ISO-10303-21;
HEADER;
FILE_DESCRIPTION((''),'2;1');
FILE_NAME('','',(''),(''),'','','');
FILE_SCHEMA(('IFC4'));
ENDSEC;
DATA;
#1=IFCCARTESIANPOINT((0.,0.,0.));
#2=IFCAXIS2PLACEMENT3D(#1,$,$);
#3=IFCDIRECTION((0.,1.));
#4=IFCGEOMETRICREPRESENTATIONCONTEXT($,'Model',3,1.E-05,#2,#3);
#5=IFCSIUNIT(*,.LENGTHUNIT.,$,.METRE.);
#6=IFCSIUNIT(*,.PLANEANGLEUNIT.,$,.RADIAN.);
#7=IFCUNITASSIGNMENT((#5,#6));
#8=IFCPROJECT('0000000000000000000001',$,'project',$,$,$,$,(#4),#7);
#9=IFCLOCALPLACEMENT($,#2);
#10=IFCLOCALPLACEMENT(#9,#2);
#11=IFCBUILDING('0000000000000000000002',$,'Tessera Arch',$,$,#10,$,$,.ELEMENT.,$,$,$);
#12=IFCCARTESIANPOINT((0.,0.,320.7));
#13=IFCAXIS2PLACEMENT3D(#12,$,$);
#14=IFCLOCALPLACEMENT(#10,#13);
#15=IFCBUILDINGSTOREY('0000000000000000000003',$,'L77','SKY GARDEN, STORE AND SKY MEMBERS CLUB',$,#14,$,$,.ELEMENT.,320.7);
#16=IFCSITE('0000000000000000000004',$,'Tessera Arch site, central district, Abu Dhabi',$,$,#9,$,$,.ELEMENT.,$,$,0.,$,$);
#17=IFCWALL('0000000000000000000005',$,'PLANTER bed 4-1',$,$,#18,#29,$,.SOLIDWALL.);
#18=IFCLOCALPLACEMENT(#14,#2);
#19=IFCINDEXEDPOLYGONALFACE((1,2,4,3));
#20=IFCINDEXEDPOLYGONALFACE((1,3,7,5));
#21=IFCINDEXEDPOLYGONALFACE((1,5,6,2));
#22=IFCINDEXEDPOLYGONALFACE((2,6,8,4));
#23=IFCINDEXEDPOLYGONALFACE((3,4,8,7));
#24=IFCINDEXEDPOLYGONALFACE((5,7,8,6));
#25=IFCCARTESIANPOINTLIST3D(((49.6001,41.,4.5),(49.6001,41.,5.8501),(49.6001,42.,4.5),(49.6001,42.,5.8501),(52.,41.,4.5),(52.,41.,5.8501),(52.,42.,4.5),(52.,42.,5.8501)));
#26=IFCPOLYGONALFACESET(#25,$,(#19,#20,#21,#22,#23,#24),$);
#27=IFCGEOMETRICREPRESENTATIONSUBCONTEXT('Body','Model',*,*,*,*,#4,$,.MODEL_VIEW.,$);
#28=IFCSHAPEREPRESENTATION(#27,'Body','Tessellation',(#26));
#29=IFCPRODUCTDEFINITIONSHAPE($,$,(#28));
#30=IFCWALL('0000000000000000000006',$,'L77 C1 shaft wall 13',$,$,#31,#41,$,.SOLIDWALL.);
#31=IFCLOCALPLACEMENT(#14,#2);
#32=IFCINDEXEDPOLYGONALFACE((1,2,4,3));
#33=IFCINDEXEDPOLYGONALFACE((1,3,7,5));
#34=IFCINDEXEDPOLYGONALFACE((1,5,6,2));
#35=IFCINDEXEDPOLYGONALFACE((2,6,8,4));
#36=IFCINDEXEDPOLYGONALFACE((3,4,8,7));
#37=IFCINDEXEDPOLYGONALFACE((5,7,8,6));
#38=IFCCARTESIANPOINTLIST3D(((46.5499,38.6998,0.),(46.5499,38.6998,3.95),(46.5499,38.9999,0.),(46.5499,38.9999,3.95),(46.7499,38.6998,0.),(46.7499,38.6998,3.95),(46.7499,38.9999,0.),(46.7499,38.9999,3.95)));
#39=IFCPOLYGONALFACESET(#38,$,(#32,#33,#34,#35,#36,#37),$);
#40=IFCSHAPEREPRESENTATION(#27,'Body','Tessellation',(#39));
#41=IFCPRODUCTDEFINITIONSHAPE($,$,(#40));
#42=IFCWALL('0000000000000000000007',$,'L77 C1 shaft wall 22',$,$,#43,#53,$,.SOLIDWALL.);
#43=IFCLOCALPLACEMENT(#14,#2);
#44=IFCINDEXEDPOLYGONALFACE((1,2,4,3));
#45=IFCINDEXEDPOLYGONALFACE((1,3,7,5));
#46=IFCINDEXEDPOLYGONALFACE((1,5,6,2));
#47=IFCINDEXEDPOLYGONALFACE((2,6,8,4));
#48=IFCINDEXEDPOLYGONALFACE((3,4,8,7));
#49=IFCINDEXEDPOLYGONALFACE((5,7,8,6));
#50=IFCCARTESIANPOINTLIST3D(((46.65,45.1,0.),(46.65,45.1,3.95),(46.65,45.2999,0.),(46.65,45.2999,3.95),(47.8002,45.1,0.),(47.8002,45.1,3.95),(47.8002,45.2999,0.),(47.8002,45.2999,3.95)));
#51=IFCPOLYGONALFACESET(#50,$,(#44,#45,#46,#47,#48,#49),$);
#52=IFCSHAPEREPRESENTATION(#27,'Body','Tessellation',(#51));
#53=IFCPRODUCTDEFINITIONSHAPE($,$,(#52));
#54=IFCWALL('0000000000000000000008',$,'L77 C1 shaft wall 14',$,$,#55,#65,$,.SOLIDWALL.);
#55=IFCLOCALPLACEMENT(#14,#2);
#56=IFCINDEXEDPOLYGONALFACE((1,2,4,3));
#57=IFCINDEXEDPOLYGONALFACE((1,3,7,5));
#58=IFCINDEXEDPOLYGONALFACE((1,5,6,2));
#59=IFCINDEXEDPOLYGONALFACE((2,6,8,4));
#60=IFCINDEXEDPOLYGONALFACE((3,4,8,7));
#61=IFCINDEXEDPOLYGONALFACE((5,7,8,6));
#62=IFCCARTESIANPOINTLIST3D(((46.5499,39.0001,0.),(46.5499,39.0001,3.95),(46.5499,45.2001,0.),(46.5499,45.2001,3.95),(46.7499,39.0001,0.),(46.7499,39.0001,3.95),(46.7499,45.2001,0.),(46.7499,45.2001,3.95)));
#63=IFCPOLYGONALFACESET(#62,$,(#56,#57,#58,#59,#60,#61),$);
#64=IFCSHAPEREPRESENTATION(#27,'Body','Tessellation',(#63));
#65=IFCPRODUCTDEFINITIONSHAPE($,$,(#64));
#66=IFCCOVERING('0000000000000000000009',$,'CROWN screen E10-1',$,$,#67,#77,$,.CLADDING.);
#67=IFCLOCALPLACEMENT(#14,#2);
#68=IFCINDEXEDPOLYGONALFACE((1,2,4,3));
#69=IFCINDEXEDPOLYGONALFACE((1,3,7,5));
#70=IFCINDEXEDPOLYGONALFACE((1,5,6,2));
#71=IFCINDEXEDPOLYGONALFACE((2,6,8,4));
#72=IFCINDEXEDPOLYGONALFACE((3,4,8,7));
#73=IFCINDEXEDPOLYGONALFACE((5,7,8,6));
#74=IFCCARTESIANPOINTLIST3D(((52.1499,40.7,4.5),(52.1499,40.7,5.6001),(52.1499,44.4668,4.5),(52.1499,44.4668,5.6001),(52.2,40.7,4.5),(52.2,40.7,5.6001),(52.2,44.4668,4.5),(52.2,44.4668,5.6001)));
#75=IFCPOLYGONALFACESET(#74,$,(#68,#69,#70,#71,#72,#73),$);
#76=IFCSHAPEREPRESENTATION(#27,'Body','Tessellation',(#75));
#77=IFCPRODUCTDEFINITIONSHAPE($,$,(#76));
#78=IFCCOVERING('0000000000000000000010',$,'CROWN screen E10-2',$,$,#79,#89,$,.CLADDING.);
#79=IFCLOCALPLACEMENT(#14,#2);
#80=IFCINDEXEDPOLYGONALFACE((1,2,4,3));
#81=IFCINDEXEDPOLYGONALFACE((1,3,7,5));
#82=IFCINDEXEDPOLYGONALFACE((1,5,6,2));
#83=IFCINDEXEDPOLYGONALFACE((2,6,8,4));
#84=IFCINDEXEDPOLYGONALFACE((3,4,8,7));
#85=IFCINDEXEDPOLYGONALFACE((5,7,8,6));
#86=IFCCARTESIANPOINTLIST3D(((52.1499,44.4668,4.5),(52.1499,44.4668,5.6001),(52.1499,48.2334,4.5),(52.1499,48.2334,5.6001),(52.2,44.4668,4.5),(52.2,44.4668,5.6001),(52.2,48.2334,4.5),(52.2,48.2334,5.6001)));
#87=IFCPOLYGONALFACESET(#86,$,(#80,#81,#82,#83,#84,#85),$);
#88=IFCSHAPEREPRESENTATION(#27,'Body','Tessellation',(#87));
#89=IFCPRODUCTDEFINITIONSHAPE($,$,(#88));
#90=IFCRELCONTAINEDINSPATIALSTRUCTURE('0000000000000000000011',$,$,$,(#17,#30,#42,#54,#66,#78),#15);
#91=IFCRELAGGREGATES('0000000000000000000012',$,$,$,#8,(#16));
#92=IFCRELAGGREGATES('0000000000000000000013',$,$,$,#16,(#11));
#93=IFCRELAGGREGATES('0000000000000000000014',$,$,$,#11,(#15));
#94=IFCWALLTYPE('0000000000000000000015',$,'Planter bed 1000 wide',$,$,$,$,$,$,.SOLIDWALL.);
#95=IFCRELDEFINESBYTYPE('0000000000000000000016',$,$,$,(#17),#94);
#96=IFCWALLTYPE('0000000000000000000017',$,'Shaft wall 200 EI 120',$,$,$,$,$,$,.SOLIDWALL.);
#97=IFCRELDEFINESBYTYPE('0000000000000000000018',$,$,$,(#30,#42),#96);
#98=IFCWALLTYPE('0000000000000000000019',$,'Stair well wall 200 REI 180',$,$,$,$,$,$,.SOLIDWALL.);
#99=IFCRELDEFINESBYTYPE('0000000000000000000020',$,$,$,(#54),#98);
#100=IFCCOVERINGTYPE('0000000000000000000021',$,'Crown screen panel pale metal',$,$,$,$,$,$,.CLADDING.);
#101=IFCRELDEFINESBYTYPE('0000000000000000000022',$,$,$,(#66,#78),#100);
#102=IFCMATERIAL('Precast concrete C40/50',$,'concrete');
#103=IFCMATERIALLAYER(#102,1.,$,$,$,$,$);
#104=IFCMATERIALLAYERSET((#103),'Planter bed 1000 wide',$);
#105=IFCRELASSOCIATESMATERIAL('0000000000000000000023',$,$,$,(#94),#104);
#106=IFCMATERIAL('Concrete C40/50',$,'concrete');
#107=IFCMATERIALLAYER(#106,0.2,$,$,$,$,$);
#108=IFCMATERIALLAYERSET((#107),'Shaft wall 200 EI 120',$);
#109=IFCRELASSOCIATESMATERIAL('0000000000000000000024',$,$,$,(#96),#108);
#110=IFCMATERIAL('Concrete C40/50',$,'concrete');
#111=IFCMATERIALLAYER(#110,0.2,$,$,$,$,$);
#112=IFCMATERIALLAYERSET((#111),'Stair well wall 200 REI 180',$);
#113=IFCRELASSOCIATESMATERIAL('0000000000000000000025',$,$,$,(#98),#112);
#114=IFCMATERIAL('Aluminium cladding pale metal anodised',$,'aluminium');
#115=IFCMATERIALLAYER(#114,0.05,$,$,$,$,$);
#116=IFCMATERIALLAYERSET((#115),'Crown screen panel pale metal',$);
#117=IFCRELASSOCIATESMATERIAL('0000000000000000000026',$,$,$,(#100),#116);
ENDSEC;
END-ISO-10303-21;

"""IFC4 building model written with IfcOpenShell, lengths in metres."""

from ifc_helpers import new_model, si_unit, direction, frame, frame_2d, origin, place, context, subcontext, project, spatial, polyline, rectangle, outline, extrude, material, layer, layer_set, type_object, element, save


model = new_model("IFC4")

# Units and contexts
model_context = context("Model", 3, precision=1e-05, world=origin(), true_north=direction((0.0, 1.0)))
body_context = subcontext(model_context, "Body", "Model", "MODEL_VIEW")
ifc_project = project(units=[si_unit("LENGTHUNIT", "METRE"), si_unit("PLANEANGLEUNIT", "RADIAN")], contexts=[model_context])

# Site, building, storey
site_placement = place(None, origin())
site = spatial("IfcSite", under=ifc_project, at=site_placement, Name="Tessera Arch site, central district, Abu Dhabi", CompositionType="ELEMENT", RefElevation=0.0)
building_placement = place(site_placement, origin())
building = spatial("IfcBuilding", under=site, at=building_placement, Name="Tessera Arch", CompositionType="ELEMENT")
storey_placement = place(building_placement, frame((0.0, 0.0, 320.7)))
storey = spatial("IfcBuildingStorey", under=building, at=storey_placement, Name="L77", Description="SKY GARDEN, STORE AND SKY MEMBERS CLUB", CompositionType="ELEMENT", Elevation=320.7)

# Walls
ifc_material_1 = material(Name="Precast concrete C40/50", Category="concrete")
ifc_layer_1 = layer(ifc_material_1, 1.0)
ifc_layer_set_1 = layer_set([ifc_layer_1], Name="Planter bed 1000 wide")
wall_type_1 = type_object("IfcWallType", Name="Planter bed 1000 wide", PredefinedType="SOLIDWALL", material=ifc_layer_set_1)
wall_1_placement = place(storey_placement, frame((49.6001, 41.5, 4.5), z_axis=(0.0, 0.0, 1.0), x_axis=(1.0, 0.0, 0.0)))
element("IfcWall", 1, at=wall_1_placement, inside=storey, type_object=wall_type_1, Name="PLANTER bed 4-1", PredefinedType="SOLIDWALL", context=body_context, shape_type="SweptSolid", body=[
    extrude(rectangle(XDim=2.3999, YDim=1.0, at=frame_2d((1.2, 0.0))), origin(), (0.0, 0.0, 1.0), 1.3501),
])
ifc_material_2 = material(Name="Concrete C40/50", Category="concrete")
ifc_layer_2 = layer(ifc_material_2, 0.2)
ifc_layer_set_2 = layer_set([ifc_layer_2], Name="Shaft wall 200 EI 120")
wall_type_2 = type_object("IfcWallType", Name="Shaft wall 200 EI 120", PredefinedType="SOLIDWALL", material=ifc_layer_set_2)
wall_2_placement = place(storey_placement, frame((46.6499, 38.7, 0.0), z_axis=(0.0, 0.0, 1.0), x_axis=(0.0, 1.0, 0.0)))
element("IfcWall", 2, at=wall_2_placement, inside=storey, type_object=wall_type_2, Name="L77 C1 shaft wall 13", PredefinedType="SOLIDWALL", context=body_context, shape_type="SweptSolid", body=[
    extrude(rectangle(XDim=0.3, YDim=0.2, at=frame_2d((0.1499, 0.0))), origin(), (0.0, 0.0, 1.0), 3.95),
])
wall_3_placement = place(storey_placement, frame((46.6499, 45.2, 0.0), z_axis=(0.0, 0.0, 1.0), x_axis=(1.0, 0.0, 0.0)))
element("IfcWall", 3, at=wall_3_placement, inside=storey, type_object=wall_type_2, Name="L77 C1 shaft wall 22", PredefinedType="SOLIDWALL", context=body_context, shape_type="SweptSolid", body=[
    extrude(rectangle(XDim=1.1501, YDim=0.2, at=frame_2d((0.5752, 0.0))), origin(), (0.0, 0.0, 1.0), 3.95),
])
ifc_material_3 = material(Name="Concrete C40/50", Category="concrete")
ifc_layer_3 = layer(ifc_material_3, 0.2)
ifc_layer_set_3 = layer_set([ifc_layer_3], Name="Stair well wall 200 REI 180")
wall_type_3 = type_object("IfcWallType", Name="Stair well wall 200 REI 180", PredefinedType="SOLIDWALL", material=ifc_layer_set_3)
wall_4_placement = place(storey_placement, frame((46.6499, 39.0, 0.0), z_axis=(0.0, 0.0, 1.0), x_axis=(0.0, 1.0, 0.0)))
element("IfcWall", 4, at=wall_4_placement, inside=storey, type_object=wall_type_3, Name="L77 C1 shaft wall 14", PredefinedType="SOLIDWALL", context=body_context, shape_type="SweptSolid", body=[
    extrude(rectangle(XDim=6.2, YDim=0.2, at=frame_2d((3.1001, 0.0))), origin(), (0.0, 0.0, 1.0), 3.95),
])

# Coverings
ifc_material_4 = material(Name="Aluminium cladding pale metal anodised", Category="aluminium")
ifc_layer_4 = layer(ifc_material_4, 0.05)
ifc_layer_set_4 = layer_set([ifc_layer_4], Name="Crown screen panel pale metal")
covering_type = type_object("IfcCoveringType", Name="Crown screen panel pale metal", PredefinedType="CLADDING", material=ifc_layer_set_4)
covering_1_placement = place(storey_placement, frame((52.2, 40.7, 4.5), z_axis=(1.0, 0.0, 0.0), x_axis=(0.0, 1.0, 0.0)))
element("IfcCovering", 5, at=covering_1_placement, inside=storey, type_object=covering_type, Name="CROWN screen E10-1", PredefinedType="CLADDING", context=body_context, shape_type="SweptSolid", body=[
    extrude(outline(polyline([(0.0, 0.0), (3.7668, 0.0), (3.7668, 1.1001), (0.0, 1.1001), (0.0, 0.0)])), origin(), (0.0, 0.0, -1.0), 0.05),
])
covering_2_placement = place(storey_placement, frame((52.2, 44.4668, 4.5), z_axis=(1.0, 0.0, 0.0), x_axis=(0.0, 1.0, 0.0)))
element("IfcCovering", 6, at=covering_2_placement, inside=storey, type_object=covering_type, Name="CROWN screen E10-2", PredefinedType="CLADDING", context=body_context, shape_type="SweptSolid", body=[
    extrude(outline(polyline([(0.0, 0.0), (3.7666, 0.0), (3.7666, 1.1001), (0.0, 1.1001), (0.0, 0.0)])), origin(), (0.0, 0.0, -1.0), 0.05),
])

save(model, "model.ifc")
